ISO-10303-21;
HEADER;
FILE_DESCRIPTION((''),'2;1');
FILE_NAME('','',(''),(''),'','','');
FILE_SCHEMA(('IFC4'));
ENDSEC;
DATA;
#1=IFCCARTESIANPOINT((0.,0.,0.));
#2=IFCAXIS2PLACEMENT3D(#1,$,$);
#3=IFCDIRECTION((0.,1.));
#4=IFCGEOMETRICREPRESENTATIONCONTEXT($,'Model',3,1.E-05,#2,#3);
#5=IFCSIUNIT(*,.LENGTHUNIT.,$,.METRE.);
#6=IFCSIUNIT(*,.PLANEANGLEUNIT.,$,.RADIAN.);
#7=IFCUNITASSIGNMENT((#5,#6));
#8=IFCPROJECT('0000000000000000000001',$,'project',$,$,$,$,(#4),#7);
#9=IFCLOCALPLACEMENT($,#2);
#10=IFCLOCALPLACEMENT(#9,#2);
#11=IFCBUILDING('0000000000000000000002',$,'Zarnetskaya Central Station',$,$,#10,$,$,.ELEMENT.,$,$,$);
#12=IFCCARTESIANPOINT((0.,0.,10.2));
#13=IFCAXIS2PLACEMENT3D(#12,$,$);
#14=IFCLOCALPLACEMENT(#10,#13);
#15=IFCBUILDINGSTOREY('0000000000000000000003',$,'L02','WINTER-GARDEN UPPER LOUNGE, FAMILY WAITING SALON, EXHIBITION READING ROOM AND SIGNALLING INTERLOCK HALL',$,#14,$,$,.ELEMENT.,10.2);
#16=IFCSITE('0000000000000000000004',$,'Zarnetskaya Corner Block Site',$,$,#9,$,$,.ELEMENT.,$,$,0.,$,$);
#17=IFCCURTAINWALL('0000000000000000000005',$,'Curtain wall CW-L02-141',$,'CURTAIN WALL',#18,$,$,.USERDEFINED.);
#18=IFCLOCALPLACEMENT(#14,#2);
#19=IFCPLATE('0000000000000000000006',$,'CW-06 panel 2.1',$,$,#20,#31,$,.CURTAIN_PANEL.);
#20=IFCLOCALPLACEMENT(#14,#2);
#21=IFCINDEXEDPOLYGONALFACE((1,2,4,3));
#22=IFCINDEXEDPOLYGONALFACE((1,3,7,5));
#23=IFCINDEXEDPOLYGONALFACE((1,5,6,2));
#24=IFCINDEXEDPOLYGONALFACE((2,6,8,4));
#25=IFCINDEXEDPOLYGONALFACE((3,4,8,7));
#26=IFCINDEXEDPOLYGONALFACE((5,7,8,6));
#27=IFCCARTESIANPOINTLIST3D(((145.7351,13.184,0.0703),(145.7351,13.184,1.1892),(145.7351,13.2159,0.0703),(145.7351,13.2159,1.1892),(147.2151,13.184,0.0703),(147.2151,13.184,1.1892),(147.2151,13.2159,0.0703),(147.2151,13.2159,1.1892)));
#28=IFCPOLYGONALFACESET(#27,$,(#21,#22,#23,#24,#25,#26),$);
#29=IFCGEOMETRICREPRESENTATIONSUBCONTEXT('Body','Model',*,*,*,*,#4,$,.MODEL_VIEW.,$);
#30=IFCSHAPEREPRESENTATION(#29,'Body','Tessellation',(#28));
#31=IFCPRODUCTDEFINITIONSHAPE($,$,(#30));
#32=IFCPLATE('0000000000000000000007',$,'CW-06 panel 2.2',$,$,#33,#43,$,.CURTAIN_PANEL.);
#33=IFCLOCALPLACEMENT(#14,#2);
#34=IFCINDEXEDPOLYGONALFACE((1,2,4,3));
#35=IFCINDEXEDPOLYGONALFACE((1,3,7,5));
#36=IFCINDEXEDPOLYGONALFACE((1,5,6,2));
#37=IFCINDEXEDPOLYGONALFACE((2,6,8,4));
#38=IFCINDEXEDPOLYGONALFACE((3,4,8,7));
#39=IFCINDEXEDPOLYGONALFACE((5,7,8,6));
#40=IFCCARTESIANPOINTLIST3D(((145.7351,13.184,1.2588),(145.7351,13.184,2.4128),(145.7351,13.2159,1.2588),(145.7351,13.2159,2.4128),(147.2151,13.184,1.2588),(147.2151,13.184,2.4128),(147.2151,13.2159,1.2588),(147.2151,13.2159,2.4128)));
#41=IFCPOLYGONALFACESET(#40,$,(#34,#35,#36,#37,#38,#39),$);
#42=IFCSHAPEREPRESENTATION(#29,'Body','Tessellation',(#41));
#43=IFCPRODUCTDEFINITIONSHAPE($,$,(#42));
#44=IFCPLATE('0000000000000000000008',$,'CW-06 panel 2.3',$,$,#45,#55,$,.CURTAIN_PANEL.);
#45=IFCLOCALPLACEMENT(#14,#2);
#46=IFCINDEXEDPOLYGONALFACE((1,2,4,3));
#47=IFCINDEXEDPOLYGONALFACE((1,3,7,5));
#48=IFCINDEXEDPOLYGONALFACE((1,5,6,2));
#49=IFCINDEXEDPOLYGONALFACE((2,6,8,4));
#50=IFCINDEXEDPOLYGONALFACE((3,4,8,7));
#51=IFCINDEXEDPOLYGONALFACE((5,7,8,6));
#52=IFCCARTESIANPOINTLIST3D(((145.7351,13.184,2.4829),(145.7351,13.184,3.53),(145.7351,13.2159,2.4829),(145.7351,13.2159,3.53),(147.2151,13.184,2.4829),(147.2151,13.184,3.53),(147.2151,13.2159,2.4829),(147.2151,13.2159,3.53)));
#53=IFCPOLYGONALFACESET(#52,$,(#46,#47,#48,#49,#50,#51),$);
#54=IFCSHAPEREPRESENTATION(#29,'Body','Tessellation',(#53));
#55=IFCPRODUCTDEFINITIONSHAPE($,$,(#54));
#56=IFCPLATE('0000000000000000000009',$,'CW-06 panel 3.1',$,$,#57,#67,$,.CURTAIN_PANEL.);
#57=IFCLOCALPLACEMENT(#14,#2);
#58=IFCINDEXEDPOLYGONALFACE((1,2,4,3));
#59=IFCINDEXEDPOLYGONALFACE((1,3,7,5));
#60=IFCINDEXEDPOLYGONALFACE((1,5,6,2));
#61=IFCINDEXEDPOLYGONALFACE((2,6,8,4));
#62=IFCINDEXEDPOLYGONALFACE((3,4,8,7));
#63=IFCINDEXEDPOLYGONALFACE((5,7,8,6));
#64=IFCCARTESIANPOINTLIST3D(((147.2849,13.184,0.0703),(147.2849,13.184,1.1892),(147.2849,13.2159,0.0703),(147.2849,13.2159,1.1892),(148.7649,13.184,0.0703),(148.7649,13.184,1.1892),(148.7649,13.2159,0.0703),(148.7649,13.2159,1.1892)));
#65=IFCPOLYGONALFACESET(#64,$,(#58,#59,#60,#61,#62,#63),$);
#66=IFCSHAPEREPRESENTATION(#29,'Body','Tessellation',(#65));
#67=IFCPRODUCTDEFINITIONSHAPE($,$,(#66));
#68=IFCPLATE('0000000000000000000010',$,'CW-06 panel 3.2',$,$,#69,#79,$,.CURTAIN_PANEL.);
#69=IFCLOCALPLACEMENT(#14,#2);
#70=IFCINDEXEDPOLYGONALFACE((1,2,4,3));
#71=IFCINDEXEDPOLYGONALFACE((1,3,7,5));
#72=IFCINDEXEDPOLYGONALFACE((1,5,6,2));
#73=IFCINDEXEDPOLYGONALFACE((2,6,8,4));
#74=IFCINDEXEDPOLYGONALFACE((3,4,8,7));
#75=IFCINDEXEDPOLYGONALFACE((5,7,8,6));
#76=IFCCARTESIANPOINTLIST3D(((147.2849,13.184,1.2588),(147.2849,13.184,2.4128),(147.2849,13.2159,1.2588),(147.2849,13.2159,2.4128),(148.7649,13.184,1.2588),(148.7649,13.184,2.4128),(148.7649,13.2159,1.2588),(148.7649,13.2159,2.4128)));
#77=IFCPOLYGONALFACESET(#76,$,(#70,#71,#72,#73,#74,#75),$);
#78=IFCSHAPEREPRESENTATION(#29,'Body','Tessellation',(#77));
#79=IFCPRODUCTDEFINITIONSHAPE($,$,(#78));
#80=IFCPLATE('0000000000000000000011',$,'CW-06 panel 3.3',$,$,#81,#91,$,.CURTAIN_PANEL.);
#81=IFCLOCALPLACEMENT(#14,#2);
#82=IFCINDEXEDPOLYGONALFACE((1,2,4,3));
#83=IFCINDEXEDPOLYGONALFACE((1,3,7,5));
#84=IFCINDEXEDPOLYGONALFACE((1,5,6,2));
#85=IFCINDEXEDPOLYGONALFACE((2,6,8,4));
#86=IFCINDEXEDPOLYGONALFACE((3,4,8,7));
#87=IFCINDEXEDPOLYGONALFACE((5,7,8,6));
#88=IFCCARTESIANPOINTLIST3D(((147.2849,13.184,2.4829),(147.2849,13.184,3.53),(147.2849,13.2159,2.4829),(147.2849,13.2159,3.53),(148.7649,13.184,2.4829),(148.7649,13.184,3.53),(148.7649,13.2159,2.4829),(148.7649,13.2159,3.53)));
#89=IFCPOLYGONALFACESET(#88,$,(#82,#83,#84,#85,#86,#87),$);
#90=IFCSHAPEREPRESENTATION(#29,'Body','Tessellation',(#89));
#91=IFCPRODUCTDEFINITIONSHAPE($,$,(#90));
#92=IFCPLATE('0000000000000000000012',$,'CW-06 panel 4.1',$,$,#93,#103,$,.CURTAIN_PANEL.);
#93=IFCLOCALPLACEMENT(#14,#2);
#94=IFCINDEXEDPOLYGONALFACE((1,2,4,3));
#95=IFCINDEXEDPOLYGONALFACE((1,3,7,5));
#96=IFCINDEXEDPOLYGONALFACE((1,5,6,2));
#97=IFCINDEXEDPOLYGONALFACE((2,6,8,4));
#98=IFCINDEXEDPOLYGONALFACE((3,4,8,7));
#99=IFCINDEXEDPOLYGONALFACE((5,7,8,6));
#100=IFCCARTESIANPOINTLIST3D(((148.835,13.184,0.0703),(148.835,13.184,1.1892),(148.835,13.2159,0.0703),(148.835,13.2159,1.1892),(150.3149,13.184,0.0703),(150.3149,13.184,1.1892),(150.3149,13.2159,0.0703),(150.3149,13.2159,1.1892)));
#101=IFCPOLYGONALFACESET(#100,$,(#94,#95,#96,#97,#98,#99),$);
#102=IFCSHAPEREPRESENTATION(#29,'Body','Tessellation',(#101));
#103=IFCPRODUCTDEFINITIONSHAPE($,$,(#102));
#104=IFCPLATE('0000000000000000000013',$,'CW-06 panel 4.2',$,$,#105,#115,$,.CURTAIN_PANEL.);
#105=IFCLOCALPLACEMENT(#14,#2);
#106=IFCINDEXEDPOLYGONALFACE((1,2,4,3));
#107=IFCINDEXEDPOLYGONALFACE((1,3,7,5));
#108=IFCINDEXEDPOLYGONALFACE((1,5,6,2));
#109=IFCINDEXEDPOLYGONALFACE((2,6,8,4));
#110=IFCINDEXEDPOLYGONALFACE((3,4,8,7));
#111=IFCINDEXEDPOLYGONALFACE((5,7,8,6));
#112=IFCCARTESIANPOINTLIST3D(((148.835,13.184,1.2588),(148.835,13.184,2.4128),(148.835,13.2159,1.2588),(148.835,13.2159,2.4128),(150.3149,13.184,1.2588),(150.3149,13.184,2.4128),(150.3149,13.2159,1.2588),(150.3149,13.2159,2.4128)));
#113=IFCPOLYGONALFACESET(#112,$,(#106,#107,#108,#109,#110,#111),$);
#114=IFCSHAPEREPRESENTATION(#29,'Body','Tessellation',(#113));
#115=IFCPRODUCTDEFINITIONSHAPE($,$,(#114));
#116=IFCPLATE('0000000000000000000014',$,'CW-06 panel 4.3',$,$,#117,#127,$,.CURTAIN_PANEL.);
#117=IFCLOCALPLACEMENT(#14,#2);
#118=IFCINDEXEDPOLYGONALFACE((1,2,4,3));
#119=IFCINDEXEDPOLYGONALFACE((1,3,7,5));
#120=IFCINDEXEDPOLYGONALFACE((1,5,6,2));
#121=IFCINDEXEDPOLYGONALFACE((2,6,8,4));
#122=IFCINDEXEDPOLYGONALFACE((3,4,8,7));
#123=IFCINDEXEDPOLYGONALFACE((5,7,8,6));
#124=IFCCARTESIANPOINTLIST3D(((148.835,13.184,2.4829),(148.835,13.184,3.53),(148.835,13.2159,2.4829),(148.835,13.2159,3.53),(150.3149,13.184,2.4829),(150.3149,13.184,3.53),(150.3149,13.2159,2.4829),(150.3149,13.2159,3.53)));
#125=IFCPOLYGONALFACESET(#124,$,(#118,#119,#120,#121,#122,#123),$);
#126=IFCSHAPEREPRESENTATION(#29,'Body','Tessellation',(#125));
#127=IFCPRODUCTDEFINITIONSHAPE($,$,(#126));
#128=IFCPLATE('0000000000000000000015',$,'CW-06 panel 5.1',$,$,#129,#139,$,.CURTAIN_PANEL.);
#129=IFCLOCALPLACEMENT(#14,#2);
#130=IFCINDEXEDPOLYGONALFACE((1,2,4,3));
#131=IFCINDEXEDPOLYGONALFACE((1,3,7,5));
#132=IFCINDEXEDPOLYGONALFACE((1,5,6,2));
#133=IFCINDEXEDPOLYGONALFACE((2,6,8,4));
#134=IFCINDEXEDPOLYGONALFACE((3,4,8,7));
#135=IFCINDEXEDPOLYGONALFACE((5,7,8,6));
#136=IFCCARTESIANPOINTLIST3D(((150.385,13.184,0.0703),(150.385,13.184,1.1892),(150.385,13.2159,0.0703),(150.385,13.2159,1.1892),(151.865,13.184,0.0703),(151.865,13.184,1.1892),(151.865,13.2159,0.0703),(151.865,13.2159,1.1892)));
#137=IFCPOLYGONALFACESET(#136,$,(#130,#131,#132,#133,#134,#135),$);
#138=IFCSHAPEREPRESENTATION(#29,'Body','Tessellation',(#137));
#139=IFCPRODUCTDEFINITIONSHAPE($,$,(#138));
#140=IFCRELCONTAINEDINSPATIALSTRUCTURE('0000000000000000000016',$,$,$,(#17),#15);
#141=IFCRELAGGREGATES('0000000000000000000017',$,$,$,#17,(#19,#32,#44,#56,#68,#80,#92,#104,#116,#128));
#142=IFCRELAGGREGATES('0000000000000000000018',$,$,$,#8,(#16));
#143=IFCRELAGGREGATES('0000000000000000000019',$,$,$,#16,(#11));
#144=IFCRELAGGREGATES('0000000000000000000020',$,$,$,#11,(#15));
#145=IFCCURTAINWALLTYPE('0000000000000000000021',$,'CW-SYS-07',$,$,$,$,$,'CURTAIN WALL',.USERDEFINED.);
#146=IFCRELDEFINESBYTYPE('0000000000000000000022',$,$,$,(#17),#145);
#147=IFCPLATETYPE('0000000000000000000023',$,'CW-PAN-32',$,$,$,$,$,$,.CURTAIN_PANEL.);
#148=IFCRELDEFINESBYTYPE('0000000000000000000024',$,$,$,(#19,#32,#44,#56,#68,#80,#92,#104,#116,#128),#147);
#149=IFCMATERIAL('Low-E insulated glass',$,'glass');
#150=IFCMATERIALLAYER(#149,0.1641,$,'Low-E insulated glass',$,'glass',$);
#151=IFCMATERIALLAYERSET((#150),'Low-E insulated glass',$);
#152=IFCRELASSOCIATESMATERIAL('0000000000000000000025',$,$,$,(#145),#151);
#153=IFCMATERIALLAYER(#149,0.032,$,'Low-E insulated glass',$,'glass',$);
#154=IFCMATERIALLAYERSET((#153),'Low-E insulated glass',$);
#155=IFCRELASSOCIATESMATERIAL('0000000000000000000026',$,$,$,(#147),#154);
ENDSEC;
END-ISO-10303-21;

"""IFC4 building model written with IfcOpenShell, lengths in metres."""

from ifc_helpers import new_model, si_unit, direction, frame, origin, origin_2d, place, context, subcontext, project, spatial, rectangle, extrude, material, layer, layer_set, type_object, element, aggregate, save


model = new_model("IFC4")

# Units and contexts
model_context = context("Model", 3, precision=1e-05, world=origin(), true_north=direction((0.0, 1.0)))
body_context = subcontext(model_context, "Body", "Model", "MODEL_VIEW")
ifc_project = project(units=[si_unit("LENGTHUNIT", "METRE"), si_unit("PLANEANGLEUNIT", "RADIAN")], contexts=[model_context])

# Site, building, storey
site_placement = place(None, origin())
site = spatial("IfcSite", under=ifc_project, at=site_placement, Name="Zarnetskaya Corner Block Site", CompositionType="ELEMENT", RefElevation=0.0)
building_placement = place(site_placement, origin())
building = spatial("IfcBuilding", under=site, at=building_placement, Name="Zarnetskaya Central Station", CompositionType="ELEMENT")
storey_placement = place(building_placement, frame((0.0, 0.0, 10.2)))
storey = spatial("IfcBuildingStorey", under=building, at=storey_placement, Name="L02", Description="WINTER-GARDEN UPPER LOUNGE, FAMILY WAITING SALON, EXHIBITION READING ROOM AND SIGNALLING INTERLOCK HALL", CompositionType="ELEMENT", Elevation=10.2)

# Curtain wall, plates
ifc_material_1 = material(Name="Low-E insulated glass", Category="glass")
ifc_layer_1 = layer(ifc_material_1, 0.1641, Name="Low-E insulated glass", Category="glass")
ifc_layer_set_1 = layer_set([ifc_layer_1], Name="Low-E insulated glass")
curtain_wall_type = type_object("IfcCurtainWallType", Name="CW-SYS-07", ElementType="CURTAIN WALL", PredefinedType="USERDEFINED", material=ifc_layer_set_1)
curtain_wall_placement = place(storey_placement, origin())
curtain_wall = element("IfcCurtainWall", 1, at=curtain_wall_placement, inside=storey, type_object=curtain_wall_type, Name="Curtain wall CW-L02-141", ObjectType="CURTAIN WALL", PredefinedType="USERDEFINED")
ifc_layer_2 = layer(ifc_material_1, 0.032, Name="Low-E insulated glass", Category="glass")
ifc_layer_set_2 = layer_set([ifc_layer_2], Name="Low-E insulated glass")
plate_type = type_object("IfcPlateType", Name="CW-PAN-32", PredefinedType="CURTAIN_PANEL", material=ifc_layer_set_2)
plate_1_placement = place(storey_placement, frame((146.4751, 13.2, 0.0703), z_axis=(0.0, 0.0, 1.0), x_axis=(1.0, 0.0, 0.0)))
plate_1 = element("IfcPlate", 2, at=plate_1_placement, type_object=plate_type, Name="CW-06 panel 2.1", PredefinedType="CURTAIN_PANEL", context=body_context, shape_type="SweptSolid", body=[
    extrude(rectangle(XDim=1.48, YDim=0.032, at=origin_2d()), origin(), (0.0, 0.0, 1.0), 1.1189),
])
plate_2_placement = place(storey_placement, frame((146.4751, 13.2, 1.2588), z_axis=(0.0, 0.0, 1.0), x_axis=(1.0, 0.0, 0.0)))
plate_2 = element("IfcPlate", 3, at=plate_2_placement, type_object=plate_type, Name="CW-06 panel 2.2", PredefinedType="CURTAIN_PANEL", context=body_context, shape_type="SweptSolid", body=[
    extrude(rectangle(XDim=1.48, YDim=0.032, at=origin_2d()), origin(), (0.0, 0.0, 1.0), 1.1541),
])
plate_3_placement = place(storey_placement, frame((146.4751, 13.2, 2.4829), z_axis=(0.0, 0.0, 1.0), x_axis=(1.0, 0.0, 0.0)))
plate_3 = element("IfcPlate", 4, at=plate_3_placement, type_object=plate_type, Name="CW-06 panel 2.3", PredefinedType="CURTAIN_PANEL", context=body_context, shape_type="SweptSolid", body=[
    extrude(rectangle(XDim=1.48, YDim=0.032, at=origin_2d()), origin(), (0.0, 0.0, 1.0), 1.0471),
])
plate_4_placement = place(storey_placement, frame((148.0249, 13.2, 0.0703), z_axis=(0.0, 0.0, 1.0), x_axis=(1.0, 0.0, 0.0)))
plate_4 = element("IfcPlate", 5, at=plate_4_placement, type_object=plate_type, Name="CW-06 panel 3.1", PredefinedType="CURTAIN_PANEL", context=body_context, shape_type="SweptSolid", body=[
    extrude(rectangle(XDim=1.48, YDim=0.032, at=origin_2d()), origin(), (0.0, 0.0, 1.0), 1.1189),
])
plate_5_placement = place(storey_placement, frame((148.0249, 13.2, 1.2588), z_axis=(0.0, 0.0, 1.0), x_axis=(1.0, 0.0, 0.0)))
plate_5 = element("IfcPlate", 6, at=plate_5_placement, type_object=plate_type, Name="CW-06 panel 3.2", PredefinedType="CURTAIN_PANEL", context=body_context, shape_type="SweptSolid", body=[
    extrude(rectangle(XDim=1.48, YDim=0.032, at=origin_2d()), origin(), (0.0, 0.0, 1.0), 1.1541),
])
plate_6_placement = place(storey_placement, frame((148.0249, 13.2, 2.4829), z_axis=(0.0, 0.0, 1.0), x_axis=(1.0, 0.0, 0.0)))
plate_6 = element("IfcPlate", 7, at=plate_6_placement, type_object=plate_type, Name="CW-06 panel 3.3", PredefinedType="CURTAIN_PANEL", context=body_context, shape_type="SweptSolid", body=[
    extrude(rectangle(XDim=1.48, YDim=0.032, at=origin_2d()), origin(), (0.0, 0.0, 1.0), 1.0471),
])
plate_7_placement = place(storey_placement, frame((149.575, 13.2, 0.0703), z_axis=(0.0, 0.0, 1.0), x_axis=(1.0, 0.0, 0.0)))
plate_7 = element("IfcPlate", 8, at=plate_7_placement, type_object=plate_type, Name="CW-06 panel 4.1", PredefinedType="CURTAIN_PANEL", context=body_context, shape_type="SweptSolid", body=[
    extrude(rectangle(XDim=1.48, YDim=0.032, at=origin_2d()), origin(), (0.0, 0.0, 1.0), 1.1189),
])
plate_8_placement = place(storey_placement, frame((149.575, 13.2, 1.2588), z_axis=(0.0, 0.0, 1.0), x_axis=(1.0, 0.0, 0.0)))
plate_8 = element("IfcPlate", 9, at=plate_8_placement, type_object=plate_type, Name="CW-06 panel 4.2", PredefinedType="CURTAIN_PANEL", context=body_context, shape_type="SweptSolid", body=[
    extrude(rectangle(XDim=1.48, YDim=0.032, at=origin_2d()), origin(), (0.0, 0.0, 1.0), 1.1541),
])
plate_9_placement = place(storey_placement, frame((149.575, 13.2, 2.4829), z_axis=(0.0, 0.0, 1.0), x_axis=(1.0, 0.0, 0.0)))
plate_9 = element("IfcPlate", 10, at=plate_9_placement, type_object=plate_type, Name="CW-06 panel 4.3", PredefinedType="CURTAIN_PANEL", context=body_context, shape_type="SweptSolid", body=[
    extrude(rectangle(XDim=1.48, YDim=0.032, at=origin_2d()), origin(), (0.0, 0.0, 1.0), 1.0471),
])
plate_10_placement = place(storey_placement, frame((151.125, 13.2, 0.0703), z_axis=(0.0, 0.0, 1.0), x_axis=(1.0, 0.0, 0.0)))
plate_10 = element("IfcPlate", 11, at=plate_10_placement, type_object=plate_type, Name="CW-06 panel 5.1", PredefinedType="CURTAIN_PANEL", context=body_context, shape_type="SweptSolid", body=[
    extrude(rectangle(XDim=1.48, YDim=0.032, at=origin_2d()), origin(), (0.0, 0.0, 1.0), 1.1189),
])
aggregate(curtain_wall, [plate_1, plate_2, plate_3, plate_4, plate_5, plate_6, plate_7, plate_8, plate_9, plate_10])

save(model, "model.ifc")
